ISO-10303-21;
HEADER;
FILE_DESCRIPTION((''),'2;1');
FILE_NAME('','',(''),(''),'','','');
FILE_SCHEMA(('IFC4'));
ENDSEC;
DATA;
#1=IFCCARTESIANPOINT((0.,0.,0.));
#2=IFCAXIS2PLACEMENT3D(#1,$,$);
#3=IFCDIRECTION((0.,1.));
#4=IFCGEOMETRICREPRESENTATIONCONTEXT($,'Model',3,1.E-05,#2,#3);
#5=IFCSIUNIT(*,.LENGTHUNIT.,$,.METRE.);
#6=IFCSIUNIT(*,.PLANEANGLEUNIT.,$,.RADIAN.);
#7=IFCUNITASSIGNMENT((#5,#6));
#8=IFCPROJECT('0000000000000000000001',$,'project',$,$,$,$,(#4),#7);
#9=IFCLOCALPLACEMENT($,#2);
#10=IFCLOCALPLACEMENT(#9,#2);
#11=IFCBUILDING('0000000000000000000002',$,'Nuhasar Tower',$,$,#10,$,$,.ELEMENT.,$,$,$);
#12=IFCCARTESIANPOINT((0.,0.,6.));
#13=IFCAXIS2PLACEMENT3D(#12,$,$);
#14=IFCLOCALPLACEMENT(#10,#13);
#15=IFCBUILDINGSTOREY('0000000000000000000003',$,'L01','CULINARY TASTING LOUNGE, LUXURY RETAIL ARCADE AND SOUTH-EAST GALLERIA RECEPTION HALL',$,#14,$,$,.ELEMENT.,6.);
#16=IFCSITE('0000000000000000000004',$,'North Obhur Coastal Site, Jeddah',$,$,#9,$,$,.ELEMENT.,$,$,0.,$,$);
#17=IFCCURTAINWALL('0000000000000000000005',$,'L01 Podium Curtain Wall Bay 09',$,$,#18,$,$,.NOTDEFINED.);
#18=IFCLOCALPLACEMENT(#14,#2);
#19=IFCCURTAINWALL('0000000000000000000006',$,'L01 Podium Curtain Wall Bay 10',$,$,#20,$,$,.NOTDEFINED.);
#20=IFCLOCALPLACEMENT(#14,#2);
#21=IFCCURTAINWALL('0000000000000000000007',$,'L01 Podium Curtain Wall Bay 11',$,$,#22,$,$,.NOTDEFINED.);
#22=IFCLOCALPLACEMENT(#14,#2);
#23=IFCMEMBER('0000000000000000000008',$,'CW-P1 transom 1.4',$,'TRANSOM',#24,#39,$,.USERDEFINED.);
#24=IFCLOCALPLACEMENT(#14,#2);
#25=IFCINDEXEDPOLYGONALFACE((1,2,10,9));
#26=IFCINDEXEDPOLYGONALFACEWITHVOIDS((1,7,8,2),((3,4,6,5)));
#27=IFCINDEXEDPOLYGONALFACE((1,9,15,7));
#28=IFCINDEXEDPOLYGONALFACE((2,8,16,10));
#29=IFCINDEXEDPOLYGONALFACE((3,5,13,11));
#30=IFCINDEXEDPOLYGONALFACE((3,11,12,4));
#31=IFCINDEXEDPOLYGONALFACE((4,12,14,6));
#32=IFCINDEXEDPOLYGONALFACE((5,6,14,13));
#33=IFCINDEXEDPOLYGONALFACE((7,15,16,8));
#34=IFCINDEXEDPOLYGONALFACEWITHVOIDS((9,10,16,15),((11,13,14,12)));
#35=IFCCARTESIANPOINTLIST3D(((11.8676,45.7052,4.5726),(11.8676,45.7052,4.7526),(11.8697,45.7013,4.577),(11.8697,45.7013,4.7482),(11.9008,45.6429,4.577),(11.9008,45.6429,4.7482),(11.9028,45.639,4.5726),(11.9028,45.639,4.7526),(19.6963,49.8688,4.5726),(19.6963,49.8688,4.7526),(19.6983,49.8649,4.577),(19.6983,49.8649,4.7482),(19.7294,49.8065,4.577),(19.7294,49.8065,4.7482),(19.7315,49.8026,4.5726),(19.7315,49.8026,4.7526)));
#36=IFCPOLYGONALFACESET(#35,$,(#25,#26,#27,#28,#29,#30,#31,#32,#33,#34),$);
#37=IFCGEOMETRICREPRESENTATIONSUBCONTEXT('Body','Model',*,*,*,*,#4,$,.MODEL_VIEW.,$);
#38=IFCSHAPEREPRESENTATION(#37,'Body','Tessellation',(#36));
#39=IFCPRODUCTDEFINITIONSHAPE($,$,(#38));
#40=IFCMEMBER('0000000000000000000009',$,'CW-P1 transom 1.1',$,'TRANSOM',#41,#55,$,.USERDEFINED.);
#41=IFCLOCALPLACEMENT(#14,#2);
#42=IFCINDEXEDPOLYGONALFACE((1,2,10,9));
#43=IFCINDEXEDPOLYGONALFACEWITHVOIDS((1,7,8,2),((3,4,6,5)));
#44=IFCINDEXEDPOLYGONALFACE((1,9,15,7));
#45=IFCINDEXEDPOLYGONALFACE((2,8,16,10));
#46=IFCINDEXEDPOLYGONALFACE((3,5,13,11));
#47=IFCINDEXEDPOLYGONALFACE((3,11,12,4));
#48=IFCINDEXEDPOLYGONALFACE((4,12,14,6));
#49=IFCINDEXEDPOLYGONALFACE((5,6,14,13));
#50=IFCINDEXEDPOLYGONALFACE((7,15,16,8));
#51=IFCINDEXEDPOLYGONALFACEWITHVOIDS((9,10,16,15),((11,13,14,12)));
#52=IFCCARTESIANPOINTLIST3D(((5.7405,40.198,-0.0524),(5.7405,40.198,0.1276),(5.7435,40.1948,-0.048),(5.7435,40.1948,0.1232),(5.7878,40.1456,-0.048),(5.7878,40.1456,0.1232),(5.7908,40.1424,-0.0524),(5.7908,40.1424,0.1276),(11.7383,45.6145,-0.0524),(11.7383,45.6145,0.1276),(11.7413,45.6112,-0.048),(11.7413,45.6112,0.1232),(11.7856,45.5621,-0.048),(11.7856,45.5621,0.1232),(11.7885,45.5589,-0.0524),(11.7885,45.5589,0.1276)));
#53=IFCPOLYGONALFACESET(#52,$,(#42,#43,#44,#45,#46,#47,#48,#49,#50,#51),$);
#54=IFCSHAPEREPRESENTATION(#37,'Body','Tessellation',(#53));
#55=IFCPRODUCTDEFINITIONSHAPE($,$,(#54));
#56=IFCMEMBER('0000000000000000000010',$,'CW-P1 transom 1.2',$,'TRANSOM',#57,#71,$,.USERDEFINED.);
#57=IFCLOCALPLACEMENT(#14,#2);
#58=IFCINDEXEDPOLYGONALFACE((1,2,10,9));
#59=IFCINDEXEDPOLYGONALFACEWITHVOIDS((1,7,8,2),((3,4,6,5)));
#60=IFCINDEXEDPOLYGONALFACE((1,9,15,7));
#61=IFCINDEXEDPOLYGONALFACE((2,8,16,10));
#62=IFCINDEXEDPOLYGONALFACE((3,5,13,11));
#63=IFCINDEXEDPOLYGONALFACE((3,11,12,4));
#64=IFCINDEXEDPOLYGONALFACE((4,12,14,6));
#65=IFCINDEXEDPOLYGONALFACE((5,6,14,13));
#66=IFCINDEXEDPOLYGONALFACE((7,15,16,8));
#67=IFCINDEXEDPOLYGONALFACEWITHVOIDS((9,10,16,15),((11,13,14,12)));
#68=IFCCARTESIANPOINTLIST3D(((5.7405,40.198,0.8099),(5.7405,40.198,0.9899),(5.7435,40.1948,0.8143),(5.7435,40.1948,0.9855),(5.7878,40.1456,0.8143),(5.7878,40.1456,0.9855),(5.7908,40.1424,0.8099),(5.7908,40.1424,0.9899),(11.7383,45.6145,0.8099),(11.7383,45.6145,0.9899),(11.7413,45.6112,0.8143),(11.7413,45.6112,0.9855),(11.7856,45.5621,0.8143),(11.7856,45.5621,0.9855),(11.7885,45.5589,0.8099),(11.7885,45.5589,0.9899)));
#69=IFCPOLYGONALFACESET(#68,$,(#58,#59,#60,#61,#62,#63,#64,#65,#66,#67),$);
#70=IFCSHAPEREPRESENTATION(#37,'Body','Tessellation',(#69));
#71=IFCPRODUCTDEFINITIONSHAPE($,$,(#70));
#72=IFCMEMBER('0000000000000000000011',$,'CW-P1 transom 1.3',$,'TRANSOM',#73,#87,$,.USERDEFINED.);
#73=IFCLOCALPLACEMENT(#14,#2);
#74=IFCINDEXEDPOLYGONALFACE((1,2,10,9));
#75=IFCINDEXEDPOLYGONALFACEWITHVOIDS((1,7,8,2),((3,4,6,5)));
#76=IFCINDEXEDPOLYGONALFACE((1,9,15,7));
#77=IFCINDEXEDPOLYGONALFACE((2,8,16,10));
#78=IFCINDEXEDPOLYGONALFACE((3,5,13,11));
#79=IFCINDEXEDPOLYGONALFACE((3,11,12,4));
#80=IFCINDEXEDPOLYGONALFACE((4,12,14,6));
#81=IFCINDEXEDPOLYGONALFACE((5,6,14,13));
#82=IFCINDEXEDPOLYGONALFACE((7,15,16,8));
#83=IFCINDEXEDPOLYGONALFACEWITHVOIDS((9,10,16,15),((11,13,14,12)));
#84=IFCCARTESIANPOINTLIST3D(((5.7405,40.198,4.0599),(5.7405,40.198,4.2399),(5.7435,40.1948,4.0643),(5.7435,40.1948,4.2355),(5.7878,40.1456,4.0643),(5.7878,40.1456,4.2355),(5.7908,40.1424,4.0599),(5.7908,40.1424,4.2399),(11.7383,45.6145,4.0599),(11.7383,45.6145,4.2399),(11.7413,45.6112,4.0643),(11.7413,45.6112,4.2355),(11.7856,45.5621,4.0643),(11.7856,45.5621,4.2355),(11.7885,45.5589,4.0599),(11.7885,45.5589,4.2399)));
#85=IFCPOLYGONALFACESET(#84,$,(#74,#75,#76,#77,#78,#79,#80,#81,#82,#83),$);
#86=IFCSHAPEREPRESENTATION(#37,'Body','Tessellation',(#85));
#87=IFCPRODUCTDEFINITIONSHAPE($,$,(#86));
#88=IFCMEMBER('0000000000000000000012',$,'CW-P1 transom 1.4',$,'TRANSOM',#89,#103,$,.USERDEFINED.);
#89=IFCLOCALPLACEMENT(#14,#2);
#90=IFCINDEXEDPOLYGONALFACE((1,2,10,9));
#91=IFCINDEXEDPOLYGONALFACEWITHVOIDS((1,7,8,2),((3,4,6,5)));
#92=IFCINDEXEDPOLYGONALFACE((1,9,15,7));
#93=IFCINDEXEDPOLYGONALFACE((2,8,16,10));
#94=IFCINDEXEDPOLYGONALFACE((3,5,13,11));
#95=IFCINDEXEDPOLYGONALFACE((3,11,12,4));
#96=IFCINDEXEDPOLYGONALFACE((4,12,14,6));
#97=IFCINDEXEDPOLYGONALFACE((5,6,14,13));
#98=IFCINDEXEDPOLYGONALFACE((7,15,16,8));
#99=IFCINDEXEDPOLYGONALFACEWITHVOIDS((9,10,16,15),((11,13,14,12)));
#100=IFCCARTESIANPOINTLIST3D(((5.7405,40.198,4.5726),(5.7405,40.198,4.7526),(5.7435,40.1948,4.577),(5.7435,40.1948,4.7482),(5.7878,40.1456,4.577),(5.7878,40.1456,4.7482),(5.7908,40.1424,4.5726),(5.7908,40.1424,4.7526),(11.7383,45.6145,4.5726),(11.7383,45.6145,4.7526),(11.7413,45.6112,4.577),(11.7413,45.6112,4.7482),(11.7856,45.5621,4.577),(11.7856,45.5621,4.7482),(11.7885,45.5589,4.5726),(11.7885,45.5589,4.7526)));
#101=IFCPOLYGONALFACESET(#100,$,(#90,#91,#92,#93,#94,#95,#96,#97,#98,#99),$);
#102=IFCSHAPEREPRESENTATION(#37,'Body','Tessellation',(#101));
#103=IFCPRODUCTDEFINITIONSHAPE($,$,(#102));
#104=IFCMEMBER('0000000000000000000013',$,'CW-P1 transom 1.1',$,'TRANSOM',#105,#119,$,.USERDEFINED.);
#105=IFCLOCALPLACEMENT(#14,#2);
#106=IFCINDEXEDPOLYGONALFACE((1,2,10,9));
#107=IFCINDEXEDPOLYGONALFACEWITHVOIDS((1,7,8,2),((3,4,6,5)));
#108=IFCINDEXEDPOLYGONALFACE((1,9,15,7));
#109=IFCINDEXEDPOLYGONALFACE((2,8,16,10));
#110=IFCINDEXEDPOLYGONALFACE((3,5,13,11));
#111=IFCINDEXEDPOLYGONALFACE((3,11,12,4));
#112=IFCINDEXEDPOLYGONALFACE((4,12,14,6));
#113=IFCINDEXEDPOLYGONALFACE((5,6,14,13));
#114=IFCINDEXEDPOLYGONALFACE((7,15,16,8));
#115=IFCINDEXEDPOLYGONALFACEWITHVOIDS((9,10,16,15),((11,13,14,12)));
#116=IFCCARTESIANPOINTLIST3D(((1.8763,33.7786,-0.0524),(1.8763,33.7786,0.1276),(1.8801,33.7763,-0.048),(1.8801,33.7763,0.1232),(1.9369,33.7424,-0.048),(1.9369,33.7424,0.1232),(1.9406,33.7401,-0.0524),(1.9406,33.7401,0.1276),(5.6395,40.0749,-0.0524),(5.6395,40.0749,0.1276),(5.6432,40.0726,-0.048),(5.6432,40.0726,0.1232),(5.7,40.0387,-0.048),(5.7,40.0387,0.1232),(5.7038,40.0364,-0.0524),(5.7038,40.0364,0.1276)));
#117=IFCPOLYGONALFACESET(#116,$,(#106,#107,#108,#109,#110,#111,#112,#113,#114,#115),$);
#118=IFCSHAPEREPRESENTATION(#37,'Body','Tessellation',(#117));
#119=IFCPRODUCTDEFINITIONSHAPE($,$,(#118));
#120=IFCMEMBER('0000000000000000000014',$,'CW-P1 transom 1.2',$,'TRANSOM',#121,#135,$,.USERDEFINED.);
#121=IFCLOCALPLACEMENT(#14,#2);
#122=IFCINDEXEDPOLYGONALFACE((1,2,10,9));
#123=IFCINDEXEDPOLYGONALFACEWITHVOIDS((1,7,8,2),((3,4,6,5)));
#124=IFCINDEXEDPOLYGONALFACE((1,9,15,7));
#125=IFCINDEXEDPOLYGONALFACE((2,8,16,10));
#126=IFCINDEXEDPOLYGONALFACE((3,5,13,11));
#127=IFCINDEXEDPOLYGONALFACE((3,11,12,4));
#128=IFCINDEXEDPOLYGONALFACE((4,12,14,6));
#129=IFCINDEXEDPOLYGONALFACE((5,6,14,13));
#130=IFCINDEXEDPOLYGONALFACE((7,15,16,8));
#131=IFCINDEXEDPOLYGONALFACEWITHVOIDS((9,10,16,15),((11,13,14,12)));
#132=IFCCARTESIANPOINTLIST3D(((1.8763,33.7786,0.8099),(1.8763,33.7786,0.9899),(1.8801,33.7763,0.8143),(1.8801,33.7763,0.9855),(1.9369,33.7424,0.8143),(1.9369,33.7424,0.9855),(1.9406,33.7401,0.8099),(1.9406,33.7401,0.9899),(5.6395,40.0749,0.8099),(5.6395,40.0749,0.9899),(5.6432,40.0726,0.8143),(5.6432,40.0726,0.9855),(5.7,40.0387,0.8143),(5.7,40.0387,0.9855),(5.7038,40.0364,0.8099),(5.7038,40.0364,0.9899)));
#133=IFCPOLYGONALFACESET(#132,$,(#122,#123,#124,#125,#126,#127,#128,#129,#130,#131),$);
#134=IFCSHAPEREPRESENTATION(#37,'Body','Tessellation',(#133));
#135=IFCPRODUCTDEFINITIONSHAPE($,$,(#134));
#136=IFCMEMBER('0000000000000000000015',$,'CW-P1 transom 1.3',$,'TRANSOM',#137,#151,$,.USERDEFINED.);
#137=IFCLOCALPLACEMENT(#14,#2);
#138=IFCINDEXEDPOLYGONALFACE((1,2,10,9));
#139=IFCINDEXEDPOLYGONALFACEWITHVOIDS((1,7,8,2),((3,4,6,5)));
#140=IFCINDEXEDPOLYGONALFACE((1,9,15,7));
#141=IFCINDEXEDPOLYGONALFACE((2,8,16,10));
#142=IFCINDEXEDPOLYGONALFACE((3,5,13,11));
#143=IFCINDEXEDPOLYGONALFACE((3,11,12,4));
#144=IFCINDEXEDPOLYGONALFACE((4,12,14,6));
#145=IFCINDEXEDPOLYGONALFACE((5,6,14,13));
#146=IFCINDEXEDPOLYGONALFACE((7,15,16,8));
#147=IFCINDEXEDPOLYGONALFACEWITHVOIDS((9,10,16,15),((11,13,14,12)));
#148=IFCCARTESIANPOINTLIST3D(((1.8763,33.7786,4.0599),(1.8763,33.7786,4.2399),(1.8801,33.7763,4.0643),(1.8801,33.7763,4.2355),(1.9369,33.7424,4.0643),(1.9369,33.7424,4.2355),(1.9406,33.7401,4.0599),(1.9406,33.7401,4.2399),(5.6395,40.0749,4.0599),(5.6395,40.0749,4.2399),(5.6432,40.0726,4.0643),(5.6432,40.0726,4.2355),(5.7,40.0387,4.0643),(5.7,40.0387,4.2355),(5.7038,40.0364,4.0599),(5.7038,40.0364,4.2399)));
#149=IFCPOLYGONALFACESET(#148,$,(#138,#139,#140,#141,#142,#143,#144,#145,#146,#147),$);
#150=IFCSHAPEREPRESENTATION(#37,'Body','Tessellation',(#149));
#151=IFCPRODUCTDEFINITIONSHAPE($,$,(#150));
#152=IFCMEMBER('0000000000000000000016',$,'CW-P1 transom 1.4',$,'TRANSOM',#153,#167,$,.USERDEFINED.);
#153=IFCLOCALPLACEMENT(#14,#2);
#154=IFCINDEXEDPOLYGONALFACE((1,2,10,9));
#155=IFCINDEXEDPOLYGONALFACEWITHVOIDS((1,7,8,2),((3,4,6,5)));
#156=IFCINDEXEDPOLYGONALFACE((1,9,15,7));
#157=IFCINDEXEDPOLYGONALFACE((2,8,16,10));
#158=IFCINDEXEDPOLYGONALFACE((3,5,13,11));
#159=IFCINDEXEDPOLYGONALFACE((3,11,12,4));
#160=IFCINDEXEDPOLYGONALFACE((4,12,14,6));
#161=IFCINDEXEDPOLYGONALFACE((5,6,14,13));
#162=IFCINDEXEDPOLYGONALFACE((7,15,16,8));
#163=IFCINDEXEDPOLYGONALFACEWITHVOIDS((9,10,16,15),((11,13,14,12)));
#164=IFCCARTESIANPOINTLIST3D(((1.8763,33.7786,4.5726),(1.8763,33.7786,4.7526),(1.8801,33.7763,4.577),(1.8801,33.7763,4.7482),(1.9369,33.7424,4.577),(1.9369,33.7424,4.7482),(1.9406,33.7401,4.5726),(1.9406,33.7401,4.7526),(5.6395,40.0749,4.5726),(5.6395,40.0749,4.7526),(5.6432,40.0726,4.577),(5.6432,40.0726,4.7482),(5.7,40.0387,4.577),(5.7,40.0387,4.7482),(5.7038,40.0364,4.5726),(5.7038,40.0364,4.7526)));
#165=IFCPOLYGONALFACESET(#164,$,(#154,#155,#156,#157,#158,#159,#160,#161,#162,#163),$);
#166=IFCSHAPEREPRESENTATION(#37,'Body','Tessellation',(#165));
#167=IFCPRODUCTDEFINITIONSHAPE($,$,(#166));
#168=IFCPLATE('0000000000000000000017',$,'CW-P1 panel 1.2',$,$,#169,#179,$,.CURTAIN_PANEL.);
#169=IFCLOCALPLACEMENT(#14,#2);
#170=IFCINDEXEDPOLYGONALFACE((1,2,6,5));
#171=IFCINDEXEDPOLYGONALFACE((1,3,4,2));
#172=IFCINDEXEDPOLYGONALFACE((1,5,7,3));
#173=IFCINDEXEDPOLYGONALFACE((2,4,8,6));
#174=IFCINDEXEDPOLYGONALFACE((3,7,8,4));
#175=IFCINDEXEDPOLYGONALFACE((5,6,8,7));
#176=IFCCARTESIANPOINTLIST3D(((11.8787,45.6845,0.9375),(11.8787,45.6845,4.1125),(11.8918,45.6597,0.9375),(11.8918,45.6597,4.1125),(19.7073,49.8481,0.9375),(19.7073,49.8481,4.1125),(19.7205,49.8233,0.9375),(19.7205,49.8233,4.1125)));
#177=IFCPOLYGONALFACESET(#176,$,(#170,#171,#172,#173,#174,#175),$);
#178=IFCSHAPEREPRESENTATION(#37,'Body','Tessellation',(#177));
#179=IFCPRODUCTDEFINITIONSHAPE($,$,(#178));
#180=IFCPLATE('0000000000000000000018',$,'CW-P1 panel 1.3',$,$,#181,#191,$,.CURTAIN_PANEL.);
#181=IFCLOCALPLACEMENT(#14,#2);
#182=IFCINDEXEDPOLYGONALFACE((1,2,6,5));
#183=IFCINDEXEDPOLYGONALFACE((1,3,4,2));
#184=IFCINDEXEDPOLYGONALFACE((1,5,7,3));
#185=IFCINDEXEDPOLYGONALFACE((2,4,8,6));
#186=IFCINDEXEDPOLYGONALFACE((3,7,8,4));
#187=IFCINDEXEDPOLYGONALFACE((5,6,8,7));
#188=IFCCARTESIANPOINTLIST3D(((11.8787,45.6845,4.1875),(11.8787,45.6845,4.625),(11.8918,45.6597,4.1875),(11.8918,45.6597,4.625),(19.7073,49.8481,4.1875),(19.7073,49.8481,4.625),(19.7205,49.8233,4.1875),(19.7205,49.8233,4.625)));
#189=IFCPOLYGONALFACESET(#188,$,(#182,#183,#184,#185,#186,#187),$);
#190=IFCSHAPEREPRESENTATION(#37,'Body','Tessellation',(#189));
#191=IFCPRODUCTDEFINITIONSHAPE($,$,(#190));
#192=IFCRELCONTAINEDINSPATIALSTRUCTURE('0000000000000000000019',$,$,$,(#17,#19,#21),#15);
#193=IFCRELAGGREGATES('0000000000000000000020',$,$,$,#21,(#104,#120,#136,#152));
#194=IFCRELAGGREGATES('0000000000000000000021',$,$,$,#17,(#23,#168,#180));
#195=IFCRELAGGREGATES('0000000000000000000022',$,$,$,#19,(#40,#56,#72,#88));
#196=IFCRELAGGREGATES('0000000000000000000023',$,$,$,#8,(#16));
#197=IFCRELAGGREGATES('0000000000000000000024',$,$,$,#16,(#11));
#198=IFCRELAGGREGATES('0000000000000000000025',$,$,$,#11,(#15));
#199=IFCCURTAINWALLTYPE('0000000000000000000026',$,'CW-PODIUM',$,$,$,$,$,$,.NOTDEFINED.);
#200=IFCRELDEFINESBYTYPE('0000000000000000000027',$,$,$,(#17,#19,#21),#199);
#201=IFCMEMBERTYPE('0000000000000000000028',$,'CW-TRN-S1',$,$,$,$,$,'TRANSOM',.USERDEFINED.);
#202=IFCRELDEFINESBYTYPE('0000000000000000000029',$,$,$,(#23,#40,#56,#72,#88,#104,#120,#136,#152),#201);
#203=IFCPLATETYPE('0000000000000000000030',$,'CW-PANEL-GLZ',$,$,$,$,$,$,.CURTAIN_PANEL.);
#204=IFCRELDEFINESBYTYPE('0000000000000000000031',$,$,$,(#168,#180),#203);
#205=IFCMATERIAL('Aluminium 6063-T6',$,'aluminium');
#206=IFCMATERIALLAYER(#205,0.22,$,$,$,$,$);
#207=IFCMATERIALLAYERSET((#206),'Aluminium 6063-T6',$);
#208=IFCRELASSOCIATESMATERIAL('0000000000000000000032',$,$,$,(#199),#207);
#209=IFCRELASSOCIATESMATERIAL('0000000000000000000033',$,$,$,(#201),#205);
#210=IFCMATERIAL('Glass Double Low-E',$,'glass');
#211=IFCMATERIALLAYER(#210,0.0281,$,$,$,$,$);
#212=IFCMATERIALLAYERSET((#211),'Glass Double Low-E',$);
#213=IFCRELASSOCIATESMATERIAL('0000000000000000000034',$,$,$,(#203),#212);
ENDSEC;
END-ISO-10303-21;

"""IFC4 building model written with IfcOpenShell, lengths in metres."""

from ifc_helpers import new_model, si_unit, direction, frame, origin, origin_2d, place, context, subcontext, project, spatial, rectangle, hollow_rectangle, extrude, material, layer, layer_set, material_profile, profile_set, type_object, element, aggregate, save


model = new_model("IFC4")

# Units and contexts
model_context = context("Model", 3, precision=1e-05, world=origin(), true_north=direction((0.0, 1.0)))
body_context = subcontext(model_context, "Body", "Model", "MODEL_VIEW")
ifc_project = project(units=[si_unit("LENGTHUNIT", "METRE"), si_unit("PLANEANGLEUNIT", "RADIAN")], contexts=[model_context])

# Site, building, storey
site_placement = place(None, origin())
site = spatial("IfcSite", under=ifc_project, at=site_placement, Name="North Obhur Coastal Site, Jeddah", CompositionType="ELEMENT", RefElevation=0.0)
building_placement = place(site_placement, origin())
building = spatial("IfcBuilding", under=site, at=building_placement, Name="Nuhasar Tower", CompositionType="ELEMENT")
storey_placement = place(building_placement, frame((0.0, 0.0, 6.0)))
storey = spatial("IfcBuildingStorey", under=building, at=storey_placement, Name="L01", Description="CULINARY TASTING LOUNGE, LUXURY RETAIL ARCADE AND SOUTH-EAST GALLERIA RECEPTION HALL", CompositionType="ELEMENT", Elevation=6.0)

# Curtain walls
ifc_material_1 = material(Name="Aluminium 6063-T6", Category="aluminium")
ifc_layer_1 = layer(ifc_material_1, 0.22)
ifc_layer_set_1 = layer_set([ifc_layer_1], Name="Aluminium 6063-T6")
curtain_wall_type = type_object("IfcCurtainWallType", Name="CW-PODIUM", PredefinedType="NOTDEFINED", material=ifc_layer_set_1)
curtain_wall_1_placement = place(storey_placement, origin())
curtain_wall_1 = element("IfcCurtainWall", 1, at=curtain_wall_1_placement, inside=storey, type_object=curtain_wall_type, Name="L01 Podium Curtain Wall Bay 09", PredefinedType="NOTDEFINED")
curtain_wall_2_placement = place(storey_placement, origin())
curtain_wall_2 = element("IfcCurtainWall", 2, at=curtain_wall_2_placement, inside=storey, type_object=curtain_wall_type, Name="L01 Podium Curtain Wall Bay 10", PredefinedType="NOTDEFINED")

# Curtain wall
curtain_wall_3_placement = place(storey_placement, origin())
curtain_wall_3 = element("IfcCurtainWall", 3, at=curtain_wall_3_placement, inside=storey, type_object=curtain_wall_type, Name="L01 Podium Curtain Wall Bay 11", PredefinedType="NOTDEFINED")

# Members
ifc_material_profile_1 = material_profile(ifc_material_1, hollow_rectangle(XDim=0.075, YDim=0.1799, WallThickness=0.0044, at=origin_2d()), Name="CWT-1")
ifc_profile_set_1 = profile_set([ifc_material_profile_1], Name="Aluminium 6063-T6")
member_type_1 = type_object("IfcMemberType", Name="CW-TRN-S1", ElementType="TRANSOM", PredefinedType="USERDEFINED", material=ifc_profile_set_1)
member_1_placement = place(storey_placement, frame((19.7139, 49.8357, 4.6626), z_axis=(-0.8829, -0.469562, 0.0), x_axis=(0.469562, -0.8829, 0.0)))
member_1 = element("IfcMember", 4, at=member_1_placement, type_object=member_type_1, Name="CW-P1 transom 1.4", ObjectType="TRANSOM", PredefinedType="USERDEFINED", context=body_context, shape_type="SweptSolid", body=[
    extrude(hollow_rectangle(XDim=0.075, YDim=0.1799, WallThickness=0.0044, at=origin_2d()), origin(), (0.0, 0.0, 1.0), 8.8669),
])
member_2_placement = place(storey_placement, frame((11.7634, 45.5867, 0.0376), z_axis=(-0.742156, -0.670227, 0.0), x_axis=(0.670227, -0.742156, 0.0)))
member_2 = element("IfcMember", 5, at=member_2_placement, type_object=member_type_1, Name="CW-P1 transom 1.1", ObjectType="TRANSOM", PredefinedType="USERDEFINED", context=body_context, shape_type="SweptSolid", body=[
    extrude(hollow_rectangle(XDim=0.075, YDim=0.1799, WallThickness=0.0044, at=origin_2d()), origin(), (0.0, 0.0, 1.0), 8.0815),
])
member_3_placement = place(storey_placement, frame((11.7634, 45.5867, 0.8999), z_axis=(-0.742156, -0.670227, 0.0), x_axis=(0.670227, -0.742156, 0.0)))
member_3 = element("IfcMember", 6, at=member_3_placement, type_object=member_type_1, Name="CW-P1 transom 1.2", ObjectType="TRANSOM", PredefinedType="USERDEFINED", context=body_context, shape_type="SweptSolid", body=[
    extrude(hollow_rectangle(XDim=0.075, YDim=0.1799, WallThickness=0.0044, at=origin_2d()), origin(), (0.0, 0.0, 1.0), 8.0815),
])
member_4_placement = place(storey_placement, frame((11.7634, 45.5867, 4.1499), z_axis=(-0.742156, -0.670227, 0.0), x_axis=(0.670227, -0.742156, 0.0)))
member_4 = element("IfcMember", 7, at=member_4_placement, type_object=member_type_1, Name="CW-P1 transom 1.3", ObjectType="TRANSOM", PredefinedType="USERDEFINED", context=body_context, shape_type="SweptSolid", body=[
    extrude(hollow_rectangle(XDim=0.075, YDim=0.1799, WallThickness=0.0044, at=origin_2d()), origin(), (0.0, 0.0, 1.0), 8.0815),
])
member_5_placement = place(storey_placement, frame((11.7634, 45.5867, 4.6626), z_axis=(-0.742156, -0.670227, 0.0), x_axis=(0.670227, -0.742156, 0.0)))
member_5 = element("IfcMember", 8, at=member_5_placement, type_object=member_type_1, Name="CW-P1 transom 1.4", ObjectType="TRANSOM", PredefinedType="USERDEFINED", context=body_context, shape_type="SweptSolid", body=[
    extrude(hollow_rectangle(XDim=0.075, YDim=0.1799, WallThickness=0.0044, at=origin_2d()), origin(), (0.0, 0.0, 1.0), 8.0815),
])
member_6_placement = place(storey_placement, frame((5.6716, 40.0557, 0.0376), z_axis=(-0.513027, -0.858373, 0.0), x_axis=(0.858373, -0.513027, 0.0)))
member_6 = element("IfcMember", 9, at=member_6_placement, type_object=member_type_1, Name="CW-P1 transom 1.1", ObjectType="TRANSOM", PredefinedType="USERDEFINED", context=body_context, shape_type="SweptSolid", body=[
    extrude(hollow_rectangle(XDim=0.075, YDim=0.1799, WallThickness=0.0044, at=origin_2d()), origin(), (0.0, 0.0, 1.0), 7.3352),
])
member_7_placement = place(storey_placement, frame((5.6716, 40.0557, 0.8999), z_axis=(-0.513027, -0.858373, 0.0), x_axis=(0.858373, -0.513027, 0.0)))
member_7 = element("IfcMember", 10, at=member_7_placement, type_object=member_type_1, Name="CW-P1 transom 1.2", ObjectType="TRANSOM", PredefinedType="USERDEFINED", context=body_context, shape_type="SweptSolid", body=[
    extrude(hollow_rectangle(XDim=0.075, YDim=0.1799, WallThickness=0.0044, at=origin_2d()), origin(), (0.0, 0.0, 1.0), 7.3352),
])
member_8_placement = place(storey_placement, frame((5.6716, 40.0557, 4.1499), z_axis=(-0.513027, -0.858373, 0.0), x_axis=(0.858373, -0.513027, 0.0)))
member_8 = element("IfcMember", 11, at=member_8_placement, type_object=member_type_1, Name="CW-P1 transom 1.3", ObjectType="TRANSOM", PredefinedType="USERDEFINED", context=body_context, shape_type="SweptSolid", body=[
    extrude(hollow_rectangle(XDim=0.075, YDim=0.1799, WallThickness=0.0044, at=origin_2d()), origin(), (0.0, 0.0, 1.0), 7.3352),
])
member_9_placement = place(storey_placement, frame((5.6716, 40.0557, 4.6626), z_axis=(-0.513027, -0.858373, 0.0), x_axis=(0.858373, -0.513027, 0.0)))
member_9 = element("IfcMember", 12, at=member_9_placement, type_object=member_type_1, Name="CW-P1 transom 1.4", ObjectType="TRANSOM", PredefinedType="USERDEFINED", context=body_context, shape_type="SweptSolid", body=[
    extrude(hollow_rectangle(XDim=0.075, YDim=0.1799, WallThickness=0.0044, at=origin_2d()), origin(), (0.0, 0.0, 1.0), 7.3352),
])
aggregate(curtain_wall_3, [member_6, member_7, member_8, member_9])

# Plates
ifc_material_2 = material(Name="Glass Double Low-E", Category="glass")
ifc_layer_2 = layer(ifc_material_2, 0.0281)
ifc_layer_set_2 = layer_set([ifc_layer_2], Name="Glass Double Low-E")
plate_type_1 = type_object("IfcPlateType", Name="CW-PANEL-GLZ", PredefinedType="CURTAIN_PANEL", material=ifc_layer_set_2)
plate_1_placement = place(storey_placement, frame((15.7996, 47.7539, 0.9375), z_axis=(0.0, 0.0, 1.0), x_axis=(-0.882899, -0.469563, 0.0)))
plate_1 = element("IfcPlate", 13, at=plate_1_placement, type_object=plate_type_1, Name="CW-P1 panel 1.2", PredefinedType="CURTAIN_PANEL", context=body_context, shape_type="SweptSolid", body=[
    extrude(rectangle(XDim=8.8669, YDim=0.0281, at=origin_2d()), origin(), (0.0, 0.0, 1.0), 3.175),
])
plate_2_placement = place(storey_placement, frame((15.7996, 47.7539, 4.1875), z_axis=(0.0, 0.0, 1.0), x_axis=(-0.882899, -0.469563, 0.0)))
plate_2 = element("IfcPlate", 14, at=plate_2_placement, type_object=plate_type_1, Name="CW-P1 panel 1.3", PredefinedType="CURTAIN_PANEL", context=body_context, shape_type="SweptSolid", body=[
    extrude(rectangle(XDim=8.8669, YDim=0.0281, at=origin_2d()), origin(), (0.0, 0.0, 1.0), 0.4375),
])
aggregate(curtain_wall_1, [member_1, plate_1, plate_2])
aggregate(curtain_wall_2, [member_2, member_3, member_4, member_5])

save(model, "model.ifc")
